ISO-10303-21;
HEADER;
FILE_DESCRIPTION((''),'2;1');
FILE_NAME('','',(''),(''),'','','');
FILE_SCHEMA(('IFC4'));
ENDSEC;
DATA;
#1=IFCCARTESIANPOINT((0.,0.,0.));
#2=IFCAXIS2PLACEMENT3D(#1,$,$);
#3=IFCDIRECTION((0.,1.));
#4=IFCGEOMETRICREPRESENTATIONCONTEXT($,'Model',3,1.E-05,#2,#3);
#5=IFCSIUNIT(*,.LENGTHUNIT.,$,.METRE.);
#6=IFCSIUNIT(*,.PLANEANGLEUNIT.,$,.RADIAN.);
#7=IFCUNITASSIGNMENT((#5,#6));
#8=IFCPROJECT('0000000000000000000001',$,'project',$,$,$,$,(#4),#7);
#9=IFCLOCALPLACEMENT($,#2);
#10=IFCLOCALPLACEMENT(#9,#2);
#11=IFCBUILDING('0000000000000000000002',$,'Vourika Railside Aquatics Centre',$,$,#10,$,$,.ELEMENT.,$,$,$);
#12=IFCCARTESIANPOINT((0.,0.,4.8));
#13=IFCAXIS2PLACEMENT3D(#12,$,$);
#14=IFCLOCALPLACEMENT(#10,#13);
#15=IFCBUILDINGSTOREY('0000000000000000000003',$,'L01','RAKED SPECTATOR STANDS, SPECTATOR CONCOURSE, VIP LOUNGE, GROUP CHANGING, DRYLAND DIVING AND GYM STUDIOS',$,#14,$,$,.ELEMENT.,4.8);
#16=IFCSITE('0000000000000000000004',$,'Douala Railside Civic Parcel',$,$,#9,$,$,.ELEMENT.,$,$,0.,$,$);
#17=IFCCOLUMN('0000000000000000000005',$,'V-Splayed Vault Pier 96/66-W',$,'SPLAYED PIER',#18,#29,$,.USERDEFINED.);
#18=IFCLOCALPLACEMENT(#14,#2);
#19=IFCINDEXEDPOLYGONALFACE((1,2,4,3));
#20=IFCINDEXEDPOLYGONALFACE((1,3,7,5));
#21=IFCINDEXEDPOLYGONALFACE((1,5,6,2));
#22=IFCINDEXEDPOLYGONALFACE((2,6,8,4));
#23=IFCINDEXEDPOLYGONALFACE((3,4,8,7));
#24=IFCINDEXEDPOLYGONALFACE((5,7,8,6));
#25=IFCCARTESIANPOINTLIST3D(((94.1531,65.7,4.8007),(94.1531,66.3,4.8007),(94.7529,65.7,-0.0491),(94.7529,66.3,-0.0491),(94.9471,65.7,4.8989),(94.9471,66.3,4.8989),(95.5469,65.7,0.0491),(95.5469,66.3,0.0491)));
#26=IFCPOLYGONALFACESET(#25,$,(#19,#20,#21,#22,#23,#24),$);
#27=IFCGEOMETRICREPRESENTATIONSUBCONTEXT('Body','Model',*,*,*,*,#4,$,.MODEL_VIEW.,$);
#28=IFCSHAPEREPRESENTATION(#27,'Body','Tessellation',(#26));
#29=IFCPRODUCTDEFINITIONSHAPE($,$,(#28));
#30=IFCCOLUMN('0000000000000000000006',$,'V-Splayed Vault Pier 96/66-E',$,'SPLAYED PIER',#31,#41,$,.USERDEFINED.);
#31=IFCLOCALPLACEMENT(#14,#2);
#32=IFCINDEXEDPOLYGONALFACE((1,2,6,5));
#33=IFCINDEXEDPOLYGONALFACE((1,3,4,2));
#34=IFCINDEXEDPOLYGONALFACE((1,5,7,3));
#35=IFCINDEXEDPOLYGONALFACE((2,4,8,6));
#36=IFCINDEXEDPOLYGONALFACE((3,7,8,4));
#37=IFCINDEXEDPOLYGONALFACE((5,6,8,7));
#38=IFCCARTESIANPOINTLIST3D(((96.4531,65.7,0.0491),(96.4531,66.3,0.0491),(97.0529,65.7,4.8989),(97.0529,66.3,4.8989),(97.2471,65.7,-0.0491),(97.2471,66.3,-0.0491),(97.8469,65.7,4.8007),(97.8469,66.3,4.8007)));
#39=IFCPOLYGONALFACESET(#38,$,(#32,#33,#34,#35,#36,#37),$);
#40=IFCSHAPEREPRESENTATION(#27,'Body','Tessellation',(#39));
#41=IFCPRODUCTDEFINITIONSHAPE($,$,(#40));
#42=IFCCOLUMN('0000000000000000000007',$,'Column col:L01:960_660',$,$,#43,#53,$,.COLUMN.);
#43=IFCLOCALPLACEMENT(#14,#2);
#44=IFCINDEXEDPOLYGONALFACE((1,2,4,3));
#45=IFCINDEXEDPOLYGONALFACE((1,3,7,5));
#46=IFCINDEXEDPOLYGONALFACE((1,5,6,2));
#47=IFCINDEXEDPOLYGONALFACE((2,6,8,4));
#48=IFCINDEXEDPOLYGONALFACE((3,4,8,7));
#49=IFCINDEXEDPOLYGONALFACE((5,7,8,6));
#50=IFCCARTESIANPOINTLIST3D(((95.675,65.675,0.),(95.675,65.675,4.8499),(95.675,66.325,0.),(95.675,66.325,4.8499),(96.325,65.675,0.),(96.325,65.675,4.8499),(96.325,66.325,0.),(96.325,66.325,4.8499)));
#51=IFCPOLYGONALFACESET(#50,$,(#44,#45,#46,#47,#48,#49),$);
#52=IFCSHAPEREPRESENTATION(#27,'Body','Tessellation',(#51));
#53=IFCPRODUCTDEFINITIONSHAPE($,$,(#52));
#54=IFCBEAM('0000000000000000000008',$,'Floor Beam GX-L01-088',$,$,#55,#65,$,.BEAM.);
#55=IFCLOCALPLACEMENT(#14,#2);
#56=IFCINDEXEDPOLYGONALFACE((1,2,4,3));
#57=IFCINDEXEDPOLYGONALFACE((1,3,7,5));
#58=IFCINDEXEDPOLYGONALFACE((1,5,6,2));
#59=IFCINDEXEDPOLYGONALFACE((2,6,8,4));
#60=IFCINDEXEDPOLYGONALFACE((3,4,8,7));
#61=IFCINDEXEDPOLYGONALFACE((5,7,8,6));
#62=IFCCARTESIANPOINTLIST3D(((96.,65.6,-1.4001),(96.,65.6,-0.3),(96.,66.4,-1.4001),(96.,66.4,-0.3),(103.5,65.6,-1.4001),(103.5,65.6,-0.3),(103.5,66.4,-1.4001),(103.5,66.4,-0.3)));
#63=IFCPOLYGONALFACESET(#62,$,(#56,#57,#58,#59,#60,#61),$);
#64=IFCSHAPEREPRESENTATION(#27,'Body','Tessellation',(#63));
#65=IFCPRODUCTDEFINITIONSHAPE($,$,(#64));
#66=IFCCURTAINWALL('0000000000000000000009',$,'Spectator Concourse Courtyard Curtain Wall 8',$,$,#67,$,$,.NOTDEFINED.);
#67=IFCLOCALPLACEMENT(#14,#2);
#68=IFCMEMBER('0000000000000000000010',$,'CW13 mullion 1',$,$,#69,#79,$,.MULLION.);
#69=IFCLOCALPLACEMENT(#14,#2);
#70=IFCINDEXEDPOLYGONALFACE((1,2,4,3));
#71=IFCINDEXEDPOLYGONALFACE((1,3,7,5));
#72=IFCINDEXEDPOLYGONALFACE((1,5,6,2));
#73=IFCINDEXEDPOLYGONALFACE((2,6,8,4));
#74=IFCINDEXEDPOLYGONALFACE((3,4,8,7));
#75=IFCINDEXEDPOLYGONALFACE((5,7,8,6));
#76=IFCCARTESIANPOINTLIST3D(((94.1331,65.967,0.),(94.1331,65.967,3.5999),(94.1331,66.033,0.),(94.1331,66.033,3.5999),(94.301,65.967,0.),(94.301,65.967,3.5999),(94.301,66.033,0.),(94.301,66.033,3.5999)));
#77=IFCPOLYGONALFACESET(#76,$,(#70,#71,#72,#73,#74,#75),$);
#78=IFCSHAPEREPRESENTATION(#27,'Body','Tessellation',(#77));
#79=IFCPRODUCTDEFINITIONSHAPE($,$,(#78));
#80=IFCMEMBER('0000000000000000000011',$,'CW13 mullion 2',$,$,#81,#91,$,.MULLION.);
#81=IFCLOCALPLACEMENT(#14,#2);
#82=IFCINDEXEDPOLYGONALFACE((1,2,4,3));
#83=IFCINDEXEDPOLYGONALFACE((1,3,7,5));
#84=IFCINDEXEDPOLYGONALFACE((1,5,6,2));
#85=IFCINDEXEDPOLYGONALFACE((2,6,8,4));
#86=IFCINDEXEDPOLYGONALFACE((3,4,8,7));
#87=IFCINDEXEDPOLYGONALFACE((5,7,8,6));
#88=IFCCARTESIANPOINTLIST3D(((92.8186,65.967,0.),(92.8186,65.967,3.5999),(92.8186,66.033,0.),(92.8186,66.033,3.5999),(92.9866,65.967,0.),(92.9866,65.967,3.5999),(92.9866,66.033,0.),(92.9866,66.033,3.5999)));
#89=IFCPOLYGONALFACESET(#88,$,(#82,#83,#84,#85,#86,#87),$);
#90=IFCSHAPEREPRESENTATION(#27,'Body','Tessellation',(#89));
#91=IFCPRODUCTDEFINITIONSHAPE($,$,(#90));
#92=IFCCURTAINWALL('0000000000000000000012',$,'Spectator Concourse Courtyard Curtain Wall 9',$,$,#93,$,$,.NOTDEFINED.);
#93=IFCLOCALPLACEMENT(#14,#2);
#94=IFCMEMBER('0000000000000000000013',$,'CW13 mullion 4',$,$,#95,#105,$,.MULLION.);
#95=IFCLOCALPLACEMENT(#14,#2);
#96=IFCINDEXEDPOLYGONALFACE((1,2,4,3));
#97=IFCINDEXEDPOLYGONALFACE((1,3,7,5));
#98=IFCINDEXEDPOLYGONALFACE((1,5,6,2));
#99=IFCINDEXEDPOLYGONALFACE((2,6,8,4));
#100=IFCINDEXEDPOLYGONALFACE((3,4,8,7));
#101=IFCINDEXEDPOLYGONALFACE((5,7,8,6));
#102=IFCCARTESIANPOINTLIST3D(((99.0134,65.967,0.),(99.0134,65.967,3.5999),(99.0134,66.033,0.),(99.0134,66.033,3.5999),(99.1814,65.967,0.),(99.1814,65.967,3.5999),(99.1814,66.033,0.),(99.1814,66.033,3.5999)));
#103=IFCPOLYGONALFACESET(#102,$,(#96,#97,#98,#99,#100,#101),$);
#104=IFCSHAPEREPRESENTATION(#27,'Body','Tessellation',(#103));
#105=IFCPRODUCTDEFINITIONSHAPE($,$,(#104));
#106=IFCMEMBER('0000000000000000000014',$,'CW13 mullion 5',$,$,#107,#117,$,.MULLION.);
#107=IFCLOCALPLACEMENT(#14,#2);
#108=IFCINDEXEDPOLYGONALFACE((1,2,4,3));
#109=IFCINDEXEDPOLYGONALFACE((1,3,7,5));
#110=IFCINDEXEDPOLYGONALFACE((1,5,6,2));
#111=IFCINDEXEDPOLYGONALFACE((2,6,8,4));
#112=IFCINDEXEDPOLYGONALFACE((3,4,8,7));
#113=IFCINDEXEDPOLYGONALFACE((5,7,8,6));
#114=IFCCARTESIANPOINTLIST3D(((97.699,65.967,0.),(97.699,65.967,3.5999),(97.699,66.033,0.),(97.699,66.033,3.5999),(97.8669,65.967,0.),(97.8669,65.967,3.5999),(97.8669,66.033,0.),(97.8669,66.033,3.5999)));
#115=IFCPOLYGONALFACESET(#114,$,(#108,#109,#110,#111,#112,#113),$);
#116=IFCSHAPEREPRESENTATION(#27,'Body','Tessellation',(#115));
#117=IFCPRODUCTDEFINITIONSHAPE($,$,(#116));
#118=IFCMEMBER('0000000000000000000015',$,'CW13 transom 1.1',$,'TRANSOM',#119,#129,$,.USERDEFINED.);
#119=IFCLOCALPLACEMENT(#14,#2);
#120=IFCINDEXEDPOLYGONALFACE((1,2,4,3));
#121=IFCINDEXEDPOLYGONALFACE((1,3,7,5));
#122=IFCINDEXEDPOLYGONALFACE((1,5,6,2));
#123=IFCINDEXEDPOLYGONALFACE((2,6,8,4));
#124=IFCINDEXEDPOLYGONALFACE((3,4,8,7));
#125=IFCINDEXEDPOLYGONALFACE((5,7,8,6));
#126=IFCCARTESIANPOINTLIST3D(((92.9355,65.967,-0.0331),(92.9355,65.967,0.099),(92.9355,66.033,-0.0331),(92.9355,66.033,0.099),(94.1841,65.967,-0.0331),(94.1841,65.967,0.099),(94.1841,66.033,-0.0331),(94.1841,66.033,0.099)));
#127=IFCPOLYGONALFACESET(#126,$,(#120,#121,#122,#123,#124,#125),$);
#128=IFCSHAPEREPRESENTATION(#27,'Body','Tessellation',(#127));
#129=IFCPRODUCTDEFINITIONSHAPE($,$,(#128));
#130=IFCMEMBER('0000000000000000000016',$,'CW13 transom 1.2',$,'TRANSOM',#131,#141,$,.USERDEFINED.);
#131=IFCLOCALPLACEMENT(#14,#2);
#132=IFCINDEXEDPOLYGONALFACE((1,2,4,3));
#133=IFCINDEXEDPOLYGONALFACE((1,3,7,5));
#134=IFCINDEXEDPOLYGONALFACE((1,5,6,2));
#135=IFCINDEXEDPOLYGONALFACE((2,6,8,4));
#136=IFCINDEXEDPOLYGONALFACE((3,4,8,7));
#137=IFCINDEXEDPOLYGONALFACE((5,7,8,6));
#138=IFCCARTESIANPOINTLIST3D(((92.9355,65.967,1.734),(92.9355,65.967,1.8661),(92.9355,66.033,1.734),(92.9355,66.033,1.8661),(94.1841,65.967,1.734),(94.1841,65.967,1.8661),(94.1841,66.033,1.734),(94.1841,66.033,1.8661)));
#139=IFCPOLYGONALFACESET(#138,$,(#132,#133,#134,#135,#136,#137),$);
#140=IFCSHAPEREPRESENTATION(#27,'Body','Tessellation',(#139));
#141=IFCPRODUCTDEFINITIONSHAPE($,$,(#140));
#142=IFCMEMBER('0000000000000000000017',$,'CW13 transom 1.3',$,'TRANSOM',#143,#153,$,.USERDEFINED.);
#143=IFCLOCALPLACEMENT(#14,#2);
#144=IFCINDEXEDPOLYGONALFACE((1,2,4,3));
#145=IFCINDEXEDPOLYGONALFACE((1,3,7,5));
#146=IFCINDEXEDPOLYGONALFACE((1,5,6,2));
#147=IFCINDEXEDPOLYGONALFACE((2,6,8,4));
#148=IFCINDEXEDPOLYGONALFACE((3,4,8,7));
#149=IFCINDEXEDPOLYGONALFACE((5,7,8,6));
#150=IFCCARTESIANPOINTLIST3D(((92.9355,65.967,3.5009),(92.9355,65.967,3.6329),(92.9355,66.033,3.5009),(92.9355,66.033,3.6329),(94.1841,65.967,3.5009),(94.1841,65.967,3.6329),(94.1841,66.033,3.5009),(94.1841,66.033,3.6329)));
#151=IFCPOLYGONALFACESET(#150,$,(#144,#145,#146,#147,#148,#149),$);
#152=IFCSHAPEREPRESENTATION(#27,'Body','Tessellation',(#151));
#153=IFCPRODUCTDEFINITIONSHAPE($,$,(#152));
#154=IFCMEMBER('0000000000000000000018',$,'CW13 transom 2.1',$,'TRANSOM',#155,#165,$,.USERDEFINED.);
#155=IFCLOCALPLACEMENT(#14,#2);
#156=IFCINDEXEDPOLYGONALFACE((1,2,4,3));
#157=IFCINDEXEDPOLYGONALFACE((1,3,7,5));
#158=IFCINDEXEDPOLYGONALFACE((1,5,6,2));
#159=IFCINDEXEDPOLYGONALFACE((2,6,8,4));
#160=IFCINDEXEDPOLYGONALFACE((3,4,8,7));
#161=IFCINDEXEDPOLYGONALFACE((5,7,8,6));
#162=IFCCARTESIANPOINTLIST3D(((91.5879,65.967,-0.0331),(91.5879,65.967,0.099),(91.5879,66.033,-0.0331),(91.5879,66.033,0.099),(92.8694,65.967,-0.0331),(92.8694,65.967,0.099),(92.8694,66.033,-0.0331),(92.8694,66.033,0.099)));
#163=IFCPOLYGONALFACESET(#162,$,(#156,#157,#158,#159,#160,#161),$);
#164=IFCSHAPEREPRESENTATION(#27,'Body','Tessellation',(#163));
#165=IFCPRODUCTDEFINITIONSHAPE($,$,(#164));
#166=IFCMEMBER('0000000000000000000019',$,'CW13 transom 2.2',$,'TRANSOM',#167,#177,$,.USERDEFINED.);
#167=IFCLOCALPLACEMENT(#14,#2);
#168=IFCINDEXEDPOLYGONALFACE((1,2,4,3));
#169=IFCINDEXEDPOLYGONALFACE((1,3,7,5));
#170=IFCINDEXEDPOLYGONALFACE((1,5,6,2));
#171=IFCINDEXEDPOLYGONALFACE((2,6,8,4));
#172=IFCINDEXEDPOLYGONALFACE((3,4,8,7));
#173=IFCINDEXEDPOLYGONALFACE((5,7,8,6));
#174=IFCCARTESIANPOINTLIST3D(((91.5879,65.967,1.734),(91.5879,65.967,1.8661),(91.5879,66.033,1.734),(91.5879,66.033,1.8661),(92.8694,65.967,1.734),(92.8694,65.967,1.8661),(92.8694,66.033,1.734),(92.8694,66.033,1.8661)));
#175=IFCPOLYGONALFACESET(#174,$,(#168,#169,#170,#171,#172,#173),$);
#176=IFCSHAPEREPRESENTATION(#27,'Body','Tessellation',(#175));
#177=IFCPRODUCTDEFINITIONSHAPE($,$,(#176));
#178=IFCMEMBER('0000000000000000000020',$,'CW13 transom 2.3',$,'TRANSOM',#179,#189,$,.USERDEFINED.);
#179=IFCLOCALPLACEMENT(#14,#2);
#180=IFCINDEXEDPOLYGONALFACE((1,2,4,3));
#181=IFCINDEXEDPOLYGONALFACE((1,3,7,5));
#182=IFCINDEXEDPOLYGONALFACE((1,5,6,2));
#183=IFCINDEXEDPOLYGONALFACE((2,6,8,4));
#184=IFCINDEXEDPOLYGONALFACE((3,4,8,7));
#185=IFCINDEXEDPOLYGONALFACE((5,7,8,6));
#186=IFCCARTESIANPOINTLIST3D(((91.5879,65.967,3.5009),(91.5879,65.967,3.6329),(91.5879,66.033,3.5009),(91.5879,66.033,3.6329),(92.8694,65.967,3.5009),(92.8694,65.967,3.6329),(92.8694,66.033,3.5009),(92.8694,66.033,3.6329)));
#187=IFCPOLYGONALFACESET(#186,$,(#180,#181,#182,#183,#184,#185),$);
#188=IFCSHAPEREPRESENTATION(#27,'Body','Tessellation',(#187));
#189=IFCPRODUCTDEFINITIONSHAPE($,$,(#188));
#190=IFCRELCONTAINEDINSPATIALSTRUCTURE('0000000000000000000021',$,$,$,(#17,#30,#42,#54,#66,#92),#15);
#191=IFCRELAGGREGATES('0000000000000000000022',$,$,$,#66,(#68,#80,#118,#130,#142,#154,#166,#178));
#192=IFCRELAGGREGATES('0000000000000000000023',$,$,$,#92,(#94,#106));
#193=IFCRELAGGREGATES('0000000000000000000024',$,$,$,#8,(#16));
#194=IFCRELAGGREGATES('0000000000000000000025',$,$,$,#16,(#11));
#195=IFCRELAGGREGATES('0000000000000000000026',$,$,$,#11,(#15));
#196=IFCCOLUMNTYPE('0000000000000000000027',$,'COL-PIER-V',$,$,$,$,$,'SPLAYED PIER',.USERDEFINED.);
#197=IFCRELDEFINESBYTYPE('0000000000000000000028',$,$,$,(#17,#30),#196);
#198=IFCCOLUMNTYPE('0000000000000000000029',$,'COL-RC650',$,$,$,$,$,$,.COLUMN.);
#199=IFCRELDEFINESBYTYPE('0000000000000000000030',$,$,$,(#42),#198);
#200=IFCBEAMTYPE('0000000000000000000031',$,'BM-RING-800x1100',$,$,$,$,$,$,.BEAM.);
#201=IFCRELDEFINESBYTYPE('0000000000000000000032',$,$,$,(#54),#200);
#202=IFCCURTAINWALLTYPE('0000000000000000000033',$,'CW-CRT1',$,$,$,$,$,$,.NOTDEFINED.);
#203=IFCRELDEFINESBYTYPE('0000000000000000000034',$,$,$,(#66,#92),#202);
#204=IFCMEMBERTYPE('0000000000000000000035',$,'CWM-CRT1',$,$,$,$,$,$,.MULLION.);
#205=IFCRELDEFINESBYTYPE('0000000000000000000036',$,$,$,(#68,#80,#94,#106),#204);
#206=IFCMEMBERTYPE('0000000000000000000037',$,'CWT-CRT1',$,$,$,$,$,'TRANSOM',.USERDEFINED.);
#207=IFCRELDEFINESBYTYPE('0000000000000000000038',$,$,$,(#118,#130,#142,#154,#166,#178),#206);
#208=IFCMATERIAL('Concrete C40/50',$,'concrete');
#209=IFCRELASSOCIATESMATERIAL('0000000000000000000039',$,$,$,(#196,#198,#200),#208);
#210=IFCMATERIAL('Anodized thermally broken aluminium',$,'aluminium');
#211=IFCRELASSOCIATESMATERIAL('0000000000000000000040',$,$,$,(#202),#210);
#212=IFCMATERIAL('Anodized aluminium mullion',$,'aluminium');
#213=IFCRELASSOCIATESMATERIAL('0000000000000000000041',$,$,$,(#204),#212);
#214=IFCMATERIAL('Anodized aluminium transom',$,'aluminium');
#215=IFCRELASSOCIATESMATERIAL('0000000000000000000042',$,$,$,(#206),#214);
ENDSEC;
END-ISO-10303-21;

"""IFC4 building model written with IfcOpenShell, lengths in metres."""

from ifc_helpers import new_model, si_unit, direction, frame, origin, origin_2d, place, context, subcontext, project, spatial, rectangle, extrude, material, material_profile, profile_set, type_object, element, aggregate, save


model = new_model("IFC4")

# Units and contexts
model_context = context("Model", 3, precision=1e-05, world=origin(), true_north=direction((0.0, 1.0)))
body_context = subcontext(model_context, "Body", "Model", "MODEL_VIEW")
ifc_project = project(units=[si_unit("LENGTHUNIT", "METRE"), si_unit("PLANEANGLEUNIT", "RADIAN")], contexts=[model_context])

# Site, building, storey
site_placement = place(None, origin())
site = spatial("IfcSite", under=ifc_project, at=site_placement, Name="Douala Railside Civic Parcel", CompositionType="ELEMENT", RefElevation=0.0)
building_placement = place(site_placement, origin())
building = spatial("IfcBuilding", under=site, at=building_placement, Name="Vourika Railside Aquatics Centre", CompositionType="ELEMENT")
storey_placement = place(building_placement, frame((0.0, 0.0, 4.8)))
storey = spatial("IfcBuildingStorey", under=building, at=storey_placement, Name="L01", Description="RAKED SPECTATOR STANDS, SPECTATOR CONCOURSE, VIP LOUNGE, GROUP CHANGING, DRYLAND DIVING AND GYM STUDIOS", CompositionType="ELEMENT", Elevation=4.8)

# Columns
ifc_material_1 = material(Name="Concrete C40/50", Category="concrete")
ifc_material_profile_1 = material_profile(ifc_material_1, rectangle(XDim=0.6001, YDim=0.8, at=origin_2d()), Name="RC 600x800")
ifc_profile_set_1 = profile_set([ifc_material_profile_1], Name="Concrete C40/50")
column_type_1 = type_object("IfcColumnType", Name="COL-PIER-V", ElementType="SPLAYED PIER", PredefinedType="USERDEFINED", material=ifc_profile_set_1)
for number, where, z_axis, x_axis, name in (
    (1, (95.1499, 66.0, 0.0), (-0.12275, 0.0, 0.992438), (0.0, -1.0, 0.0), "V-Splayed Vault Pier 96/66-W"),
    (2, (96.8501, 66.0, 0.0), (0.12275, 0.0, 0.992438), (0.0, 1.0, 0.0), "V-Splayed Vault Pier 96/66-E"),
):
    element("IfcColumn", number, at=place(storey_placement, frame(where, z_axis=z_axis, x_axis=x_axis)), inside=storey, type_object=column_type_1, Name=name, ObjectType="SPLAYED PIER", PredefinedType="USERDEFINED", context=body_context, shape_type="SweptSolid", body=[
        extrude(rectangle(XDim=0.6001, YDim=0.8, at=origin_2d()), origin(), (0.0, 0.0, 1.0), 4.8867),
    ])
ifc_material_profile_2 = material_profile(ifc_material_1, rectangle(XDim=0.6499, YDim=0.6499, at=origin_2d()), Name="RC 650x650")
ifc_profile_set_2 = profile_set([ifc_material_profile_2], Name="Concrete C40/50")
column_type_2 = type_object("IfcColumnType", Name="COL-RC650", PredefinedType="COLUMN", material=ifc_profile_set_2)
column_placement = place(storey_placement, frame((96.0, 66.0, 0.0), z_axis=(0.0, 0.0, 1.0), x_axis=(1.0, 0.0, 0.0)))
element("IfcColumn", 3, at=column_placement, inside=storey, type_object=column_type_2, Name="Column col:L01:960_660", PredefinedType="COLUMN", context=body_context, shape_type="SweptSolid", body=[
    extrude(rectangle(XDim=0.6499, YDim=0.6499, at=origin_2d()), origin(), (0.0, 0.0, 1.0), 4.8499),
])

# Beam
ifc_material_profile_3 = material_profile(ifc_material_1, rectangle(XDim=0.8, YDim=1.1001, at=origin_2d()), Name="RC 800x1100")
ifc_profile_set_3 = profile_set([ifc_material_profile_3], Name="Concrete C40/50")
beam_type = type_object("IfcBeamType", Name="BM-RING-800x1100", PredefinedType="BEAM", material=ifc_profile_set_3)
beam_placement = place(storey_placement, frame((96.0, 66.0, -0.8501), z_axis=(1.0, 0.0, 0.0), x_axis=(0.0, 1.0, 0.0)))
element("IfcBeam", 4, at=beam_placement, inside=storey, type_object=beam_type, Name="Floor Beam GX-L01-088", PredefinedType="BEAM", context=body_context, shape_type="SweptSolid", body=[
    extrude(rectangle(XDim=0.8, YDim=1.1001, at=origin_2d()), origin(), (0.0, 0.0, 1.0), 7.5),
])

# Curtain walls, members
ifc_material_2 = material(Name="Anodized thermally broken aluminium", Category="aluminium")
curtain_wall_type = type_object("IfcCurtainWallType", Name="CW-CRT1", PredefinedType="NOTDEFINED", material=ifc_material_2)
curtain_wall_1_placement = place(storey_placement, origin())
curtain_wall_1 = element("IfcCurtainWall", 5, at=curtain_wall_1_placement, inside=storey, type_object=curtain_wall_type, Name="Spectator Concourse Courtyard Curtain Wall 8", PredefinedType="NOTDEFINED")
ifc_material_3 = material(Name="Anodized aluminium mullion", Category="aluminium")
ifc_material_profile_4 = material_profile(ifc_material_3, rectangle(XDim=0.0659, YDim=0.168, at=origin_2d()), Name="ALU-M 66x168")
ifc_profile_set_4 = profile_set([ifc_material_profile_4], Name="Anodized aluminium mullion")
member_type_1 = type_object("IfcMemberType", Name="CWM-CRT1", PredefinedType="MULLION", material=ifc_profile_set_4)
member_1_placement = place(storey_placement, frame((94.217, 66.0, 0.0), z_axis=(0.0, 0.0, 1.0), x_axis=(0.0, -1.0, 0.0)))
member_1 = element("IfcMember", 6, at=member_1_placement, type_object=member_type_1, Name="CW13 mullion 1", PredefinedType="MULLION", context=body_context, shape_type="SweptSolid", body=[
    extrude(rectangle(XDim=0.0659, YDim=0.168, at=origin_2d()), origin(), (0.0, 0.0, 1.0), 3.5999),
])
member_2_placement = place(storey_placement, frame((92.9026, 66.0, 0.0), z_axis=(0.0, 0.0, 1.0), x_axis=(0.0, -1.0, 0.0)))
member_2 = element("IfcMember", 7, at=member_2_placement, type_object=member_type_1, Name="CW13 mullion 2", PredefinedType="MULLION", context=body_context, shape_type="SweptSolid", body=[
    extrude(rectangle(XDim=0.0659, YDim=0.168, at=origin_2d()), origin(), (0.0, 0.0, 1.0), 3.5999),
])
curtain_wall_2_placement = place(storey_placement, origin())
curtain_wall_2 = element("IfcCurtainWall", 8, at=curtain_wall_2_placement, inside=storey, type_object=curtain_wall_type, Name="Spectator Concourse Courtyard Curtain Wall 9", PredefinedType="NOTDEFINED")
member_3_placement = place(storey_placement, frame((99.0974, 66.0, 0.0), z_axis=(0.0, 0.0, 1.0), x_axis=(0.0, -1.0, 0.0)))
member_3 = element("IfcMember", 9, at=member_3_placement, type_object=member_type_1, Name="CW13 mullion 4", PredefinedType="MULLION", context=body_context, shape_type="SweptSolid", body=[
    extrude(rectangle(XDim=0.0659, YDim=0.168, at=origin_2d()), origin(), (0.0, 0.0, 1.0), 3.5999),
])
member_4_placement = place(storey_placement, frame((97.783, 66.0, 0.0), z_axis=(0.0, 0.0, 1.0), x_axis=(0.0, -1.0, 0.0)))
member_4 = element("IfcMember", 10, at=member_4_placement, type_object=member_type_1, Name="CW13 mullion 5", PredefinedType="MULLION", context=body_context, shape_type="SweptSolid", body=[
    extrude(rectangle(XDim=0.0659, YDim=0.168, at=origin_2d()), origin(), (0.0, 0.0, 1.0), 3.5999),
])

# Members
ifc_material_4 = material(Name="Anodized aluminium transom", Category="aluminium")
ifc_material_profile_5 = material_profile(ifc_material_4, rectangle(XDim=0.0659, YDim=0.1321, at=origin_2d()), Name="ALU-T 66x132")
ifc_profile_set_5 = profile_set([ifc_material_profile_5], Name="Anodized aluminium transom")
member_type_2 = type_object("IfcMemberType", Name="CWT-CRT1", ElementType="TRANSOM", PredefinedType="USERDEFINED", material=ifc_profile_set_5)
member_5_placement = place(storey_placement, frame((94.1841, 66.0, 0.033), z_axis=(-1.0, 0.0, 0.0), x_axis=(0.0, -1.0, 0.0)))
member_5 = element("IfcMember", 11, at=member_5_placement, type_object=member_type_2, Name="CW13 transom 1.1", ObjectType="TRANSOM", PredefinedType="USERDEFINED", context=body_context, shape_type="SweptSolid", body=[
    extrude(rectangle(XDim=0.0659, YDim=0.1321, at=origin_2d()), origin(), (0.0, 0.0, 1.0), 1.2485),
])
member_6_placement = place(storey_placement, frame((94.1841, 66.0, 1.8), z_axis=(-1.0, 0.0, 0.0), x_axis=(0.0, -1.0, 0.0)))
member_6 = element("IfcMember", 12, at=member_6_placement, type_object=member_type_2, Name="CW13 transom 1.2", ObjectType="TRANSOM", PredefinedType="USERDEFINED", context=body_context, shape_type="SweptSolid", body=[
    extrude(rectangle(XDim=0.0659, YDim=0.1321, at=origin_2d()), origin(), (0.0, 0.0, 1.0), 1.2485),
])
member_7_placement = place(storey_placement, frame((94.1841, 66.0, 3.5669), z_axis=(-1.0, 0.0, 0.0), x_axis=(0.0, -1.0, 0.0)))
member_7 = element("IfcMember", 13, at=member_7_placement, type_object=member_type_2, Name="CW13 transom 1.3", ObjectType="TRANSOM", PredefinedType="USERDEFINED", context=body_context, shape_type="SweptSolid", body=[
    extrude(rectangle(XDim=0.0659, YDim=0.1321, at=origin_2d()), origin(), (0.0, 0.0, 1.0), 1.2485),
])
member_8_placement = place(storey_placement, frame((92.8694, 66.0, 0.033), z_axis=(-1.0, 0.0, 0.0), x_axis=(0.0, -1.0, 0.0)))
member_8 = element("IfcMember", 14, at=member_8_placement, type_object=member_type_2, Name="CW13 transom 2.1", ObjectType="TRANSOM", PredefinedType="USERDEFINED", context=body_context, shape_type="SweptSolid", body=[
    extrude(rectangle(XDim=0.0659, YDim=0.1321, at=origin_2d()), origin(), (0.0, 0.0, 1.0), 1.2815),
])
member_9_placement = place(storey_placement, frame((92.8694, 66.0, 1.8), z_axis=(-1.0, 0.0, 0.0), x_axis=(0.0, -1.0, 0.0)))
member_9 = element("IfcMember", 15, at=member_9_placement, type_object=member_type_2, Name="CW13 transom 2.2", ObjectType="TRANSOM", PredefinedType="USERDEFINED", context=body_context, shape_type="SweptSolid", body=[
    extrude(rectangle(XDim=0.0659, YDim=0.1321, at=origin_2d()), origin(), (0.0, 0.0, 1.0), 1.2815),
])
member_10_placement = place(storey_placement, frame((92.8694, 66.0, 3.5669), z_axis=(-1.0, 0.0, 0.0), x_axis=(0.0, -1.0, 0.0)))
member_10 = element("IfcMember", 16, at=member_10_placement, type_object=member_type_2, Name="CW13 transom 2.3", ObjectType="TRANSOM", PredefinedType="USERDEFINED", context=body_context, shape_type="SweptSolid", body=[
    extrude(rectangle(XDim=0.0659, YDim=0.1321, at=origin_2d()), origin(), (0.0, 0.0, 1.0), 1.2815),
])

aggregate(curtain_wall_1, [member_1, member_2, member_5, member_6, member_7, member_8, member_9, member_10])
aggregate(curtain_wall_2, [member_3, member_4])

save(model, "model.ifc")
